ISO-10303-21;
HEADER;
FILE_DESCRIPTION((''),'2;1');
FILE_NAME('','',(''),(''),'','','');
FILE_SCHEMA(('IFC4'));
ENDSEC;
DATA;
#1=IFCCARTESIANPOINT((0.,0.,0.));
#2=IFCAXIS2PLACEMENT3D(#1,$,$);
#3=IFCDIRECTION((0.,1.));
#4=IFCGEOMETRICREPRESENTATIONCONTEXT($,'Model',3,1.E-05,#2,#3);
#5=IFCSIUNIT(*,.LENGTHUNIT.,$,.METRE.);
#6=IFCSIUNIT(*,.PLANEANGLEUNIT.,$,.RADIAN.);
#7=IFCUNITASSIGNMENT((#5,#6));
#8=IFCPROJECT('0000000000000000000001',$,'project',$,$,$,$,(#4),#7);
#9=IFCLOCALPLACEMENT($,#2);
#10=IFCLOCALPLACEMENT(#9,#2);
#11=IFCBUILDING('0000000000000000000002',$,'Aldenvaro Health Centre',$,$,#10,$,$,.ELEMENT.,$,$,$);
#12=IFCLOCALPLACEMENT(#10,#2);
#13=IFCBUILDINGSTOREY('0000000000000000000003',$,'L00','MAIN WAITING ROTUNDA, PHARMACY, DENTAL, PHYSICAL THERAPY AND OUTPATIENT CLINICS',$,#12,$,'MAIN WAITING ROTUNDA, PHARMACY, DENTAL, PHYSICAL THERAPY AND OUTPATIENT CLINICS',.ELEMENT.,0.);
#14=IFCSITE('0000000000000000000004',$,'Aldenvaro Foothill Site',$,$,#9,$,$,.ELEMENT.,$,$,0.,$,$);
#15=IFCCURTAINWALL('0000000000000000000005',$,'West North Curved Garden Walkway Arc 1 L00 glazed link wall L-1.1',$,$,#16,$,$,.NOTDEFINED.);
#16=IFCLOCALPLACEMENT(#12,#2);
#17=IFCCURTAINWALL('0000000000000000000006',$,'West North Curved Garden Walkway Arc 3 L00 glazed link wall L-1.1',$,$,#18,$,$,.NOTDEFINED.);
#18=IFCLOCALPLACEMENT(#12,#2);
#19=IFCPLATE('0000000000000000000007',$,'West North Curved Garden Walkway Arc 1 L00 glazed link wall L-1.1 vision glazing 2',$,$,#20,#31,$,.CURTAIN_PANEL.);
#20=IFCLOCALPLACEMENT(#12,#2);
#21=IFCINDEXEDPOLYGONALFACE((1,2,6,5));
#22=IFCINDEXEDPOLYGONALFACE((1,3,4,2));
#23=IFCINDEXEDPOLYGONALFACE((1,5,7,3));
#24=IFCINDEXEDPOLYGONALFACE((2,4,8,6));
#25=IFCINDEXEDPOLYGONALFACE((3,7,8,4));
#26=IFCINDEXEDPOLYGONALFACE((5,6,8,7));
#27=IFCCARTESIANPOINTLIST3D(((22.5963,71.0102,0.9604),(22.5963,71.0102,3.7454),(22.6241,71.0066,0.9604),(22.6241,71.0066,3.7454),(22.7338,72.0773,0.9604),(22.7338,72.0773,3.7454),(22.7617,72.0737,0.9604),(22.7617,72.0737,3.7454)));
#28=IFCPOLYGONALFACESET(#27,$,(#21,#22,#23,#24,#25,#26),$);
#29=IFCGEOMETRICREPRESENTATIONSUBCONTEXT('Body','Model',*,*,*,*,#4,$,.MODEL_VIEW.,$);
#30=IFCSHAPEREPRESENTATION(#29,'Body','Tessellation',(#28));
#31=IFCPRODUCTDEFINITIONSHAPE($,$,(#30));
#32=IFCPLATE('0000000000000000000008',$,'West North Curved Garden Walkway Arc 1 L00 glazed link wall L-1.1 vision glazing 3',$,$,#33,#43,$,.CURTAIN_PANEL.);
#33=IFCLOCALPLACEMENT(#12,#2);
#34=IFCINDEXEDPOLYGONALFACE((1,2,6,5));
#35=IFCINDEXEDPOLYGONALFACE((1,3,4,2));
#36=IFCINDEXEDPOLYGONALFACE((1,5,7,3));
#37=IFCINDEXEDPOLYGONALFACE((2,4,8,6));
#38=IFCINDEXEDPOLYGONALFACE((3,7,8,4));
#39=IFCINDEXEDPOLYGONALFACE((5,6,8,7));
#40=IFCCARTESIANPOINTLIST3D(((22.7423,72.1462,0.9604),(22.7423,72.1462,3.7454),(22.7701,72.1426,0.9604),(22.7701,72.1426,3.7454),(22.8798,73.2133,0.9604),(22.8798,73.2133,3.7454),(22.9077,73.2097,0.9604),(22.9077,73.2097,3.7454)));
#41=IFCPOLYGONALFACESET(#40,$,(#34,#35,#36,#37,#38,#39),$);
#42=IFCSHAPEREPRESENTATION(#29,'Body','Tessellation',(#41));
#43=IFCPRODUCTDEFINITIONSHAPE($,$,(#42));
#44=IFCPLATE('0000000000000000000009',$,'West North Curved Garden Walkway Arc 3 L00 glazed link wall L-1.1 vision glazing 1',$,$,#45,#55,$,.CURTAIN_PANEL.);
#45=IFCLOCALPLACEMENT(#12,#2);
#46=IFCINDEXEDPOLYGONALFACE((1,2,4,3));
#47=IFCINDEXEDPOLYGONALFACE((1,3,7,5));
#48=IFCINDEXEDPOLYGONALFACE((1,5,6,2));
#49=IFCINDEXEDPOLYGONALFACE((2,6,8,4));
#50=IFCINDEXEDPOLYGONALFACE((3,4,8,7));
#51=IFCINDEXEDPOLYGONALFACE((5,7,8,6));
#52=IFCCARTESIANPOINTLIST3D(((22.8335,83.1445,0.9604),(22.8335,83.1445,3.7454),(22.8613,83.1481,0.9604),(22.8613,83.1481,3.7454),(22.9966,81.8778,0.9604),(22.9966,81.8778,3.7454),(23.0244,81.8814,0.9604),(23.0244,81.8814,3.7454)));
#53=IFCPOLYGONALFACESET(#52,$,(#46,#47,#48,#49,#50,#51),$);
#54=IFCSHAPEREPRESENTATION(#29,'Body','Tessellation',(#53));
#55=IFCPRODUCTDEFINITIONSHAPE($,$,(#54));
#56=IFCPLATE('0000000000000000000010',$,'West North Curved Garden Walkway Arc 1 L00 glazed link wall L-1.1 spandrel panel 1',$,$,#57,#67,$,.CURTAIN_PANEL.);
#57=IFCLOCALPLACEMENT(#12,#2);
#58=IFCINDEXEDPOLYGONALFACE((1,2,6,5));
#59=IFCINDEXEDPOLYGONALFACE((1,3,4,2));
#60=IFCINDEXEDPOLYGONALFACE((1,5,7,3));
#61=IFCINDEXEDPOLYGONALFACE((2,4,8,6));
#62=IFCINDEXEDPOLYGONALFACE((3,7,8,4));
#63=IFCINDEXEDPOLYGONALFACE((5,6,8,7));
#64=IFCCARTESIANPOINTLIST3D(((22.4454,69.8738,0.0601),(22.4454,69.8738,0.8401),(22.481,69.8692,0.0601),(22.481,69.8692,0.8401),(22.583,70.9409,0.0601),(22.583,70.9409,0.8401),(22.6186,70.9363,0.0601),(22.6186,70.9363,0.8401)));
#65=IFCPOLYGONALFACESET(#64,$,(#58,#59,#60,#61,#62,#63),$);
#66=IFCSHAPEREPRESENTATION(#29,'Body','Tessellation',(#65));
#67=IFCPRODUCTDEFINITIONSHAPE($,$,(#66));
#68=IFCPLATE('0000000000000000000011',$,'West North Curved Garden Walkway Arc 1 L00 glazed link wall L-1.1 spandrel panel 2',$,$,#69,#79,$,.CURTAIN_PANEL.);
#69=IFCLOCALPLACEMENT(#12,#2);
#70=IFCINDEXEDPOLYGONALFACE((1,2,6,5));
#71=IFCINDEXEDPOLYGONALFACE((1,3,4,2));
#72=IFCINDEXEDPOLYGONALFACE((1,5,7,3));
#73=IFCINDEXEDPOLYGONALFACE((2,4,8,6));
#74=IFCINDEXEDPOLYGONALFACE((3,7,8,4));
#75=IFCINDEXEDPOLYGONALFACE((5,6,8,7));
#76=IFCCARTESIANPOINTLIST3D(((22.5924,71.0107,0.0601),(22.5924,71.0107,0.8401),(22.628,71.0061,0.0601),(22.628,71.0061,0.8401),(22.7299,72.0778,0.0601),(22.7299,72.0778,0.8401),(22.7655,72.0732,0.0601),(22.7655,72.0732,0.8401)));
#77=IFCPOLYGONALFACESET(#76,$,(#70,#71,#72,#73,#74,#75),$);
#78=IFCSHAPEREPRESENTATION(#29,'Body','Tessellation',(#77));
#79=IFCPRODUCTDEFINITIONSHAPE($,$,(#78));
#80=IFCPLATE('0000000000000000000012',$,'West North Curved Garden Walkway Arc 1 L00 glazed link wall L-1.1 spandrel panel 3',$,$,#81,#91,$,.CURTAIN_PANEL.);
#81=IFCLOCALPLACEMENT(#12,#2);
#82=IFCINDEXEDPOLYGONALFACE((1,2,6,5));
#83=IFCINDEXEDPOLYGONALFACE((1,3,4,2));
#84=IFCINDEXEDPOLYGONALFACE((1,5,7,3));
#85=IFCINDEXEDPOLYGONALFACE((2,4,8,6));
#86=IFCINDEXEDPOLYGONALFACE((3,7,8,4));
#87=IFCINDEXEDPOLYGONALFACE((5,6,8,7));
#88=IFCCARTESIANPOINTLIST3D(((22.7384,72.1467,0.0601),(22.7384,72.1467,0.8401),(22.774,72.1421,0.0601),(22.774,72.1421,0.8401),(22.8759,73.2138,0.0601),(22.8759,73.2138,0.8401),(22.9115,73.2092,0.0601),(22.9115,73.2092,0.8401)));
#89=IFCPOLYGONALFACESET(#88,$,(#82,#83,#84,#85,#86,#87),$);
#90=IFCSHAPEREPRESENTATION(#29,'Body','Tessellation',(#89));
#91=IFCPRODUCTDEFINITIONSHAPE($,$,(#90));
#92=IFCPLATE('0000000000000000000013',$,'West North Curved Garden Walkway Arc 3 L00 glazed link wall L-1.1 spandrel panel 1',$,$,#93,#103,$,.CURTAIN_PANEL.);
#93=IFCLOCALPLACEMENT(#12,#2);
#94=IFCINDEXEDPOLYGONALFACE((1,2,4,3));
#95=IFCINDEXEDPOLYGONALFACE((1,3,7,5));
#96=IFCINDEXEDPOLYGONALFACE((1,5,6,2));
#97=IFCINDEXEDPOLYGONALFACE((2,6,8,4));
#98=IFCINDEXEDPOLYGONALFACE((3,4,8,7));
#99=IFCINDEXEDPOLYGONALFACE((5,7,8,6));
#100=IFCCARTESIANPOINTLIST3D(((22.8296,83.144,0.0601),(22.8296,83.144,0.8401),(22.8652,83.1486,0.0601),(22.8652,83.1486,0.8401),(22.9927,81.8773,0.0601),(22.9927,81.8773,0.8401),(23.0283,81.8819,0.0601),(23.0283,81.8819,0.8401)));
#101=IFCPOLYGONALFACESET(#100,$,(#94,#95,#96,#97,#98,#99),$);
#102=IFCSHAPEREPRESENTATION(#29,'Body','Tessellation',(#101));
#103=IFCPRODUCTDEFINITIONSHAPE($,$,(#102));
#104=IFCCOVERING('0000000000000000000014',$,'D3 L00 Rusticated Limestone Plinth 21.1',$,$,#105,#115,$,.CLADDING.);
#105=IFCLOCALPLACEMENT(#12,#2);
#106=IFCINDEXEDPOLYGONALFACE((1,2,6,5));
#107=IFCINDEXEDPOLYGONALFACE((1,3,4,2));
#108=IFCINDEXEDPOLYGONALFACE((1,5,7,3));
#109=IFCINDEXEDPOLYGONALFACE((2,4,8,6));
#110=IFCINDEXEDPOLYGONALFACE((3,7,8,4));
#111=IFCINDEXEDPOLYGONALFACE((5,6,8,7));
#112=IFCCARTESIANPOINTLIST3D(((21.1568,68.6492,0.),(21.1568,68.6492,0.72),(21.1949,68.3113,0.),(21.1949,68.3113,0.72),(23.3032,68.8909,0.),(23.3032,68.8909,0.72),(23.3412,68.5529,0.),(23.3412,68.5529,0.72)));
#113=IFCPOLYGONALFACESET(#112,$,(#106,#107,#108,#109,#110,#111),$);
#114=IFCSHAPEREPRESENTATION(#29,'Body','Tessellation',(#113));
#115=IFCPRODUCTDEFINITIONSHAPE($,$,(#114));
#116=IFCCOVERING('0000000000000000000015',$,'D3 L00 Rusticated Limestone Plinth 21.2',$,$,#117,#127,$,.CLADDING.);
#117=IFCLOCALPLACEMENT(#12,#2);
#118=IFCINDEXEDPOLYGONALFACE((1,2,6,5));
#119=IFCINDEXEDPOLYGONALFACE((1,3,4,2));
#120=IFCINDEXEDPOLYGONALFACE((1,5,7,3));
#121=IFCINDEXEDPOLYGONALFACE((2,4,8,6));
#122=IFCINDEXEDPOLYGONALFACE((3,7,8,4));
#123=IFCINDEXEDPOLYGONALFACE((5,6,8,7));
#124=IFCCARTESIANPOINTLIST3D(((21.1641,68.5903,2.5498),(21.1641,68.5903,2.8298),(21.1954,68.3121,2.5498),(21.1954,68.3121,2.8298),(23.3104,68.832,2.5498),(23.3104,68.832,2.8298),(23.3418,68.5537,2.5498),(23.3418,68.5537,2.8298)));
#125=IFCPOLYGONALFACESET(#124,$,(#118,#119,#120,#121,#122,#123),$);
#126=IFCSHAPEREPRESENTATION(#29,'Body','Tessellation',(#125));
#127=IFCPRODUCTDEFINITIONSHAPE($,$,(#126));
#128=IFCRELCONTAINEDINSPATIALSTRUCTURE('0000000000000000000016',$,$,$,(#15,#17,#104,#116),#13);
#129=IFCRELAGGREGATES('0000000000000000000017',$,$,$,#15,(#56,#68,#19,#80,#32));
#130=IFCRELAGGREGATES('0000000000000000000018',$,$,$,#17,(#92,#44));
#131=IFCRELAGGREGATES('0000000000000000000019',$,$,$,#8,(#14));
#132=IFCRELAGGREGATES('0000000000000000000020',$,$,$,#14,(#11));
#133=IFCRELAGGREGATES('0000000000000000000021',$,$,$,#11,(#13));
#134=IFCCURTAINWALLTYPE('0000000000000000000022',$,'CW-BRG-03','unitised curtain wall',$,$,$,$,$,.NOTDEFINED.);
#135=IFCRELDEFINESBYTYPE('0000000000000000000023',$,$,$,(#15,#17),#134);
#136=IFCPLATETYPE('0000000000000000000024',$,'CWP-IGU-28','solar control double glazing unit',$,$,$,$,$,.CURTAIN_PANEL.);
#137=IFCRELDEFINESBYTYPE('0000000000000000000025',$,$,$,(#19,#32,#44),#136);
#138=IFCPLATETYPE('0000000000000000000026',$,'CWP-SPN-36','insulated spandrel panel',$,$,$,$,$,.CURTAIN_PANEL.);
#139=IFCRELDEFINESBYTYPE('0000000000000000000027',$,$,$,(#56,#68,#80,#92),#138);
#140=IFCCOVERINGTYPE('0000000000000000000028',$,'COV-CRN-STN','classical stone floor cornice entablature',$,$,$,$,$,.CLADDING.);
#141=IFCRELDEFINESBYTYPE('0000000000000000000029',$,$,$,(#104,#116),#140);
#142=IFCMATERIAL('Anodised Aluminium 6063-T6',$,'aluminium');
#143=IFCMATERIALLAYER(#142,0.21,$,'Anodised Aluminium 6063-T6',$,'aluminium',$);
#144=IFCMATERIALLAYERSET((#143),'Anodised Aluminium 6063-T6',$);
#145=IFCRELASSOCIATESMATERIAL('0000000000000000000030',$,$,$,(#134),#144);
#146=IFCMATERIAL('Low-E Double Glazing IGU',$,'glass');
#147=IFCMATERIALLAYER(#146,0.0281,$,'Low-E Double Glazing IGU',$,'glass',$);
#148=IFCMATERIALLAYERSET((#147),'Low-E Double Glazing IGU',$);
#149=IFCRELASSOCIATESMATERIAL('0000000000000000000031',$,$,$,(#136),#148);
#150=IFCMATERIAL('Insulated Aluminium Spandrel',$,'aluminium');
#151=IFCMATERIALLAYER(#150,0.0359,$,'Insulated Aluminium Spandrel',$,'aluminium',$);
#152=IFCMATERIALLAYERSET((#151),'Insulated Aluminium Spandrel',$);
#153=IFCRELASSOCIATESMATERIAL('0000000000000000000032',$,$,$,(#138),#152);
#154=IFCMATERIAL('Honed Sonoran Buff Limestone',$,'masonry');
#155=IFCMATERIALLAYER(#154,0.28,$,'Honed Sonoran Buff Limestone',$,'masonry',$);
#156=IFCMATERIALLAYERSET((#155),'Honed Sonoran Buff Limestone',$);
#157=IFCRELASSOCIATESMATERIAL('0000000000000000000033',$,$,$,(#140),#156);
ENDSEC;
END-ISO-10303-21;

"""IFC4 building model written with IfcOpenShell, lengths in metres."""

from ifc_helpers import new_model, si_unit, direction, frame, origin, origin_2d, place, context, subcontext, project, spatial, rectangle, extrude, material, layer, layer_set, type_object, element, aggregate, save


model = new_model("IFC4")

# Units and contexts
model_context = context("Model", 3, precision=1e-05, world=origin(), true_north=direction((0.0, 1.0)))
body_context = subcontext(model_context, "Body", "Model", "MODEL_VIEW")
ifc_project = project(units=[si_unit("LENGTHUNIT", "METRE"), si_unit("PLANEANGLEUNIT", "RADIAN")], contexts=[model_context])

# Site, building, storey
site_placement = place(None, origin())
site = spatial("IfcSite", under=ifc_project, at=site_placement, Name="Aldenvaro Foothill Site", CompositionType="ELEMENT", RefElevation=0.0)
building_placement = place(site_placement, origin())
building = spatial("IfcBuilding", under=site, at=building_placement, Name="Aldenvaro Health Centre", CompositionType="ELEMENT")
storey_placement = place(building_placement, origin())
storey = spatial("IfcBuildingStorey", under=building, at=storey_placement, Name="L00", Description="MAIN WAITING ROTUNDA, PHARMACY, DENTAL, PHYSICAL THERAPY AND OUTPATIENT CLINICS", LongName="MAIN WAITING ROTUNDA, PHARMACY, DENTAL, PHYSICAL THERAPY AND OUTPATIENT CLINICS", CompositionType="ELEMENT", Elevation=0.0)

# Curtain wall
ifc_material_1 = material(Name="Anodised Aluminium 6063-T6", Category="aluminium")
ifc_layer_1 = layer(ifc_material_1, 0.21, Name="Anodised Aluminium 6063-T6", Category="aluminium")
ifc_layer_set_1 = layer_set([ifc_layer_1], Name="Anodised Aluminium 6063-T6")
curtain_wall_type = type_object("IfcCurtainWallType", Name="CW-BRG-03", Description="unitised curtain wall", PredefinedType="NOTDEFINED", material=ifc_layer_set_1)
curtain_wall_1_placement = place(storey_placement, origin())
curtain_wall_1 = element("IfcCurtainWall", 1, at=curtain_wall_1_placement, inside=storey, type_object=curtain_wall_type, Name="West North Curved Garden Walkway Arc 1 L00 glazed link wall L-1.1", PredefinedType="NOTDEFINED")

# Curtain wall
curtain_wall_2_placement = place(storey_placement, origin())
curtain_wall_2 = element("IfcCurtainWall", 2, at=curtain_wall_2_placement, inside=storey, type_object=curtain_wall_type, Name="West North Curved Garden Walkway Arc 3 L00 glazed link wall L-1.1", PredefinedType="NOTDEFINED")

# Plates
ifc_material_2 = material(Name="Low-E Double Glazing IGU", Category="glass")
ifc_layer_2 = layer(ifc_material_2, 0.0281, Name="Low-E Double Glazing IGU", Category="glass")
ifc_layer_set_2 = layer_set([ifc_layer_2], Name="Low-E Double Glazing IGU")
plate_type_1 = type_object("IfcPlateType", Name="CWP-IGU-28", Description="solar control double glazing unit", PredefinedType="CURTAIN_PANEL", material=ifc_layer_set_2)
plate_1_placement = place(storey_placement, frame((22.679, 71.542, 0.9604), z_axis=(0.0, 0.0, 1.0), x_axis=(0.127847, 0.991794, 0.0)))
plate_1 = element("IfcPlate", 3, at=plate_1_placement, type_object=plate_type_1, Name="West North Curved Garden Walkway Arc 1 L00 glazed link wall L-1.1 vision glazing 2", PredefinedType="CURTAIN_PANEL", context=body_context, shape_type="SweptSolid", body=[
    extrude(rectangle(XDim=1.0759, YDim=0.0281, at=origin_2d()), origin(), (0.0, 0.0, 1.0), 2.7849),
])
plate_2_placement = place(storey_placement, frame((22.825, 72.678, 0.9604), z_axis=(0.0, 0.0, 1.0), x_axis=(0.127847, 0.991794, 0.0)))
plate_2 = element("IfcPlate", 4, at=plate_2_placement, type_object=plate_type_1, Name="West North Curved Garden Walkway Arc 1 L00 glazed link wall L-1.1 vision glazing 3", PredefinedType="CURTAIN_PANEL", context=body_context, shape_type="SweptSolid", body=[
    extrude(rectangle(XDim=1.0759, YDim=0.0281, at=origin_2d()), origin(), (0.0, 0.0, 1.0), 2.7849),
])
plate_3_placement = place(storey_placement, frame((22.929, 82.5129, 0.9604), z_axis=(0.0, 0.0, 1.0), x_axis=(-0.12772, 0.99181, 0.0)))
plate_3 = element("IfcPlate", 5, at=plate_3_placement, type_object=plate_type_1, Name="West North Curved Garden Walkway Arc 3 L00 glazed link wall L-1.1 vision glazing 1", PredefinedType="CURTAIN_PANEL", context=body_context, shape_type="SweptSolid", body=[
    extrude(rectangle(XDim=1.2771, YDim=0.0281, at=origin_2d()), origin(), (0.0, 0.0, 1.0), 2.7849),
])
ifc_material_3 = material(Name="Insulated Aluminium Spandrel", Category="aluminium")
ifc_layer_3 = layer(ifc_material_3, 0.0359, Name="Insulated Aluminium Spandrel", Category="aluminium")
ifc_layer_set_3 = layer_set([ifc_layer_3], Name="Insulated Aluminium Spandrel")
plate_type_2 = type_object("IfcPlateType", Name="CWP-SPN-36", Description="insulated spandrel panel", PredefinedType="CURTAIN_PANEL", material=ifc_layer_set_3)
plate_4_placement = place(storey_placement, frame((22.532, 70.405, 0.0601), z_axis=(0.0, 0.0, 1.0), x_axis=(0.127847, 0.991794, 0.0)))
plate_4 = element("IfcPlate", 6, at=plate_4_placement, type_object=plate_type_2, Name="West North Curved Garden Walkway Arc 1 L00 glazed link wall L-1.1 spandrel panel 1", PredefinedType="CURTAIN_PANEL", context=body_context, shape_type="SweptSolid", body=[
    extrude(rectangle(XDim=1.0759, YDim=0.0359, at=origin_2d()), origin(), (0.0, 0.0, 1.0), 0.78),
])
plate_5_placement = place(storey_placement, frame((22.679, 71.542, 0.0601), z_axis=(0.0, 0.0, 1.0), x_axis=(0.127847, 0.991794, 0.0)))
plate_5 = element("IfcPlate", 7, at=plate_5_placement, type_object=plate_type_2, Name="West North Curved Garden Walkway Arc 1 L00 glazed link wall L-1.1 spandrel panel 2", PredefinedType="CURTAIN_PANEL", context=body_context, shape_type="SweptSolid", body=[
    extrude(rectangle(XDim=1.0759, YDim=0.0359, at=origin_2d()), origin(), (0.0, 0.0, 1.0), 0.78),
])
plate_6_placement = place(storey_placement, frame((22.825, 72.678, 0.0601), z_axis=(0.0, 0.0, 1.0), x_axis=(0.127847, 0.991794, 0.0)))
plate_6 = element("IfcPlate", 8, at=plate_6_placement, type_object=plate_type_2, Name="West North Curved Garden Walkway Arc 1 L00 glazed link wall L-1.1 spandrel panel 3", PredefinedType="CURTAIN_PANEL", context=body_context, shape_type="SweptSolid", body=[
    extrude(rectangle(XDim=1.0759, YDim=0.0359, at=origin_2d()), origin(), (0.0, 0.0, 1.0), 0.78),
])
aggregate(curtain_wall_1, [plate_4, plate_5, plate_1, plate_6, plate_2])
plate_7_placement = place(storey_placement, frame((22.929, 82.5129, 0.0601), z_axis=(0.0, 0.0, 1.0), x_axis=(-0.12772, 0.99181, 0.0)))
plate_7 = element("IfcPlate", 9, at=plate_7_placement, type_object=plate_type_2, Name="West North Curved Garden Walkway Arc 3 L00 glazed link wall L-1.1 spandrel panel 1", PredefinedType="CURTAIN_PANEL", context=body_context, shape_type="SweptSolid", body=[
    extrude(rectangle(XDim=1.2771, YDim=0.0359, at=origin_2d()), origin(), (0.0, 0.0, 1.0), 0.78),
])
aggregate(curtain_wall_2, [plate_7, plate_3])

# Coverings
ifc_material_4 = material(Name="Honed Sonoran Buff Limestone", Category="masonry")
ifc_layer_4 = layer(ifc_material_4, 0.28, Name="Honed Sonoran Buff Limestone", Category="masonry")
ifc_layer_set_4 = layer_set([ifc_layer_4], Name="Honed Sonoran Buff Limestone")
covering_type = type_object("IfcCoveringType", Name="COV-CRN-STN", Description="classical stone floor cornice entablature", PredefinedType="CLADDING", material=ifc_layer_set_4)
covering_1_placement = place(storey_placement, frame((22.249, 68.6011, 0.0), z_axis=(0.0, 0.0, 1.0), x_axis=(0.993723, 0.111871, 0.0)))
element("IfcCovering", 10, at=covering_1_placement, inside=storey, type_object=covering_type, Name="D3 L00 Rusticated Limestone Plinth 21.1", PredefinedType="CLADDING", context=body_context, shape_type="SweptSolid", body=[
    extrude(rectangle(XDim=2.1599, YDim=0.3401, at=origin_2d()), origin(), (0.0, 0.0, 1.0), 0.72),
])
covering_2_placement = place(storey_placement, frame((22.2529, 68.572, 2.5498), z_axis=(0.0, 0.0, 1.0), x_axis=(0.993723, 0.111871, 0.0)))
element("IfcCovering", 11, at=covering_2_placement, inside=storey, type_object=covering_type, Name="D3 L00 Rusticated Limestone Plinth 21.2", PredefinedType="CLADDING", context=body_context, shape_type="SweptSolid", body=[
    extrude(rectangle(XDim=2.1599, YDim=0.28, at=origin_2d()), origin(), (0.0, 0.0, 1.0), 0.28),
])

save(model, "model.ifc")
